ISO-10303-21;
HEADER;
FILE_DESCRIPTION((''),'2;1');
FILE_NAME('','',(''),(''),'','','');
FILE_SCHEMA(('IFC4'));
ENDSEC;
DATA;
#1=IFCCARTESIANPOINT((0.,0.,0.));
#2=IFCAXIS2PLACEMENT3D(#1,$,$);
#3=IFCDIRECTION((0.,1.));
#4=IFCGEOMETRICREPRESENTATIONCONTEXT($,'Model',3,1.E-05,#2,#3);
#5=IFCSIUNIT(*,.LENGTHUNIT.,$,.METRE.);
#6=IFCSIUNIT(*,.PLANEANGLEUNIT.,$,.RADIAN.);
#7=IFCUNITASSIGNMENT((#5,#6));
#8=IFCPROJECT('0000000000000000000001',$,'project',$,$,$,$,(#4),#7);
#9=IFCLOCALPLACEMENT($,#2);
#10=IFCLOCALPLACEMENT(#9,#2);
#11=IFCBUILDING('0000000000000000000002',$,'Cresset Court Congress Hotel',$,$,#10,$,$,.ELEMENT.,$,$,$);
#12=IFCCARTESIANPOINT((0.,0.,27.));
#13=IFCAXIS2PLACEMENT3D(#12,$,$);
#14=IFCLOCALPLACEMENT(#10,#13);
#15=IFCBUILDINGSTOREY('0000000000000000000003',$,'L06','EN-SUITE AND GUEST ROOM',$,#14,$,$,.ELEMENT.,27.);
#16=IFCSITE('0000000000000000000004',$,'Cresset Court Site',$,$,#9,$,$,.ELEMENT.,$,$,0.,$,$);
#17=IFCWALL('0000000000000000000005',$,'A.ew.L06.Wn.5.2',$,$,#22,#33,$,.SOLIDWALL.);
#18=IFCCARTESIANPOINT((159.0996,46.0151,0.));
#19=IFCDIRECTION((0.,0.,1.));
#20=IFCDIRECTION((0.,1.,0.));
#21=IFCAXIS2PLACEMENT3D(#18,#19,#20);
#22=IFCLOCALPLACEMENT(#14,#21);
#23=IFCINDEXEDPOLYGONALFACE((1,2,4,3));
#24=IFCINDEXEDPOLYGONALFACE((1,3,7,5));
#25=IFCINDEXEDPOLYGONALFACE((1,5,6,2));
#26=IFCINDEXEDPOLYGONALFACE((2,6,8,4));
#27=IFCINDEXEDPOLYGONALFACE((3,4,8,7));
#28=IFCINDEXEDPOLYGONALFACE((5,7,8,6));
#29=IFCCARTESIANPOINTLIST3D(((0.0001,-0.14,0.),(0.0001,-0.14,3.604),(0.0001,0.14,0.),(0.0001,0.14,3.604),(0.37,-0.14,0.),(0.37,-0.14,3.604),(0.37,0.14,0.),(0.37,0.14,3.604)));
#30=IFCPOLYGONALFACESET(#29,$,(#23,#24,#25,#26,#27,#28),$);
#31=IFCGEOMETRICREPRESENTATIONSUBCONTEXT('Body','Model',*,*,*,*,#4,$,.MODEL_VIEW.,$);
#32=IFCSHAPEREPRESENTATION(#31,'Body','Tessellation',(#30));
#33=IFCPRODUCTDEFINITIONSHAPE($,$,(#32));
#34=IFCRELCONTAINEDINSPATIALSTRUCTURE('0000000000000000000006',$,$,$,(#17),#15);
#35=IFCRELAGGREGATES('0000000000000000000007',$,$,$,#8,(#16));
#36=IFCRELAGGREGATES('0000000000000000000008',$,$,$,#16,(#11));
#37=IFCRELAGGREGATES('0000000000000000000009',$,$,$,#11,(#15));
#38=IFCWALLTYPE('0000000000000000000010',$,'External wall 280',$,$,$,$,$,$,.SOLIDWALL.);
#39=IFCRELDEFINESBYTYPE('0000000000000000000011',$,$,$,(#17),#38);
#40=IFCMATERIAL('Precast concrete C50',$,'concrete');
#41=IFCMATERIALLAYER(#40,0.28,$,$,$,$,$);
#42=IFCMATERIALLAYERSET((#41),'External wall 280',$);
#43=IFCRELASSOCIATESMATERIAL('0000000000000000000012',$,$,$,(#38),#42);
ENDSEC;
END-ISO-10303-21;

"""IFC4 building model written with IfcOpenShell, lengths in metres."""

from ifc_helpers import new_model, si_unit, direction, frame, frame_2d, origin, place, context, subcontext, project, spatial, rectangle, extrude, material, layer, layer_set, type_object, element, save


model = new_model("IFC4")

# Units and contexts
model_context = context("Model", 3, precision=1e-05, world=origin(), true_north=direction((0.0, 1.0)))
body_context = subcontext(model_context, "Body", "Model", "MODEL_VIEW")
ifc_project = project(units=[si_unit("LENGTHUNIT", "METRE"), si_unit("PLANEANGLEUNIT", "RADIAN")], contexts=[model_context])

# Site, building, storey
site_placement = place(None, origin())
site = spatial("IfcSite", under=ifc_project, at=site_placement, Name="Cresset Court Site", CompositionType="ELEMENT", RefElevation=0.0)
building_placement = place(site_placement, origin())
building = spatial("IfcBuilding", under=site, at=building_placement, Name="Cresset Court Congress Hotel", CompositionType="ELEMENT")
storey_placement = place(building_placement, frame((0.0, 0.0, 27.0)))
storey = spatial("IfcBuildingStorey", under=building, at=storey_placement, Name="L06", Description="EN-SUITE AND GUEST ROOM", CompositionType="ELEMENT", Elevation=27.0)

# Shared definitions
ifc_material_1 = material(Name="Precast concrete C50", Category="concrete")
ifc_layer_1 = layer(ifc_material_1, 0.28)
ifc_layer_set_1 = layer_set([ifc_layer_1], Name="External wall 280")
wall_type_1 = type_object("IfcWallType", Name="External wall 280", PredefinedType="SOLIDWALL", material=ifc_layer_set_1)

# Wall
wall_1_placement = place(storey_placement, frame((159.0996, 46.0151, 0.0), z_axis=(0.0, 0.0, 1.0), x_axis=(0.0, 1.0, 0.0)))
element("IfcWall", 1, at=wall_1_placement, inside=storey, type_object=wall_type_1, Name="A.ew.L06.Wn.5.2", PredefinedType="SOLIDWALL", context=body_context, shape_type="SweptSolid", body=[
    extrude(rectangle(XDim=0.3699, YDim=0.28, at=frame_2d((0.1851, 0.0))), origin(), (0.0, 0.0, 1.0), 3.604),
])

save(model, "model.ifc")
